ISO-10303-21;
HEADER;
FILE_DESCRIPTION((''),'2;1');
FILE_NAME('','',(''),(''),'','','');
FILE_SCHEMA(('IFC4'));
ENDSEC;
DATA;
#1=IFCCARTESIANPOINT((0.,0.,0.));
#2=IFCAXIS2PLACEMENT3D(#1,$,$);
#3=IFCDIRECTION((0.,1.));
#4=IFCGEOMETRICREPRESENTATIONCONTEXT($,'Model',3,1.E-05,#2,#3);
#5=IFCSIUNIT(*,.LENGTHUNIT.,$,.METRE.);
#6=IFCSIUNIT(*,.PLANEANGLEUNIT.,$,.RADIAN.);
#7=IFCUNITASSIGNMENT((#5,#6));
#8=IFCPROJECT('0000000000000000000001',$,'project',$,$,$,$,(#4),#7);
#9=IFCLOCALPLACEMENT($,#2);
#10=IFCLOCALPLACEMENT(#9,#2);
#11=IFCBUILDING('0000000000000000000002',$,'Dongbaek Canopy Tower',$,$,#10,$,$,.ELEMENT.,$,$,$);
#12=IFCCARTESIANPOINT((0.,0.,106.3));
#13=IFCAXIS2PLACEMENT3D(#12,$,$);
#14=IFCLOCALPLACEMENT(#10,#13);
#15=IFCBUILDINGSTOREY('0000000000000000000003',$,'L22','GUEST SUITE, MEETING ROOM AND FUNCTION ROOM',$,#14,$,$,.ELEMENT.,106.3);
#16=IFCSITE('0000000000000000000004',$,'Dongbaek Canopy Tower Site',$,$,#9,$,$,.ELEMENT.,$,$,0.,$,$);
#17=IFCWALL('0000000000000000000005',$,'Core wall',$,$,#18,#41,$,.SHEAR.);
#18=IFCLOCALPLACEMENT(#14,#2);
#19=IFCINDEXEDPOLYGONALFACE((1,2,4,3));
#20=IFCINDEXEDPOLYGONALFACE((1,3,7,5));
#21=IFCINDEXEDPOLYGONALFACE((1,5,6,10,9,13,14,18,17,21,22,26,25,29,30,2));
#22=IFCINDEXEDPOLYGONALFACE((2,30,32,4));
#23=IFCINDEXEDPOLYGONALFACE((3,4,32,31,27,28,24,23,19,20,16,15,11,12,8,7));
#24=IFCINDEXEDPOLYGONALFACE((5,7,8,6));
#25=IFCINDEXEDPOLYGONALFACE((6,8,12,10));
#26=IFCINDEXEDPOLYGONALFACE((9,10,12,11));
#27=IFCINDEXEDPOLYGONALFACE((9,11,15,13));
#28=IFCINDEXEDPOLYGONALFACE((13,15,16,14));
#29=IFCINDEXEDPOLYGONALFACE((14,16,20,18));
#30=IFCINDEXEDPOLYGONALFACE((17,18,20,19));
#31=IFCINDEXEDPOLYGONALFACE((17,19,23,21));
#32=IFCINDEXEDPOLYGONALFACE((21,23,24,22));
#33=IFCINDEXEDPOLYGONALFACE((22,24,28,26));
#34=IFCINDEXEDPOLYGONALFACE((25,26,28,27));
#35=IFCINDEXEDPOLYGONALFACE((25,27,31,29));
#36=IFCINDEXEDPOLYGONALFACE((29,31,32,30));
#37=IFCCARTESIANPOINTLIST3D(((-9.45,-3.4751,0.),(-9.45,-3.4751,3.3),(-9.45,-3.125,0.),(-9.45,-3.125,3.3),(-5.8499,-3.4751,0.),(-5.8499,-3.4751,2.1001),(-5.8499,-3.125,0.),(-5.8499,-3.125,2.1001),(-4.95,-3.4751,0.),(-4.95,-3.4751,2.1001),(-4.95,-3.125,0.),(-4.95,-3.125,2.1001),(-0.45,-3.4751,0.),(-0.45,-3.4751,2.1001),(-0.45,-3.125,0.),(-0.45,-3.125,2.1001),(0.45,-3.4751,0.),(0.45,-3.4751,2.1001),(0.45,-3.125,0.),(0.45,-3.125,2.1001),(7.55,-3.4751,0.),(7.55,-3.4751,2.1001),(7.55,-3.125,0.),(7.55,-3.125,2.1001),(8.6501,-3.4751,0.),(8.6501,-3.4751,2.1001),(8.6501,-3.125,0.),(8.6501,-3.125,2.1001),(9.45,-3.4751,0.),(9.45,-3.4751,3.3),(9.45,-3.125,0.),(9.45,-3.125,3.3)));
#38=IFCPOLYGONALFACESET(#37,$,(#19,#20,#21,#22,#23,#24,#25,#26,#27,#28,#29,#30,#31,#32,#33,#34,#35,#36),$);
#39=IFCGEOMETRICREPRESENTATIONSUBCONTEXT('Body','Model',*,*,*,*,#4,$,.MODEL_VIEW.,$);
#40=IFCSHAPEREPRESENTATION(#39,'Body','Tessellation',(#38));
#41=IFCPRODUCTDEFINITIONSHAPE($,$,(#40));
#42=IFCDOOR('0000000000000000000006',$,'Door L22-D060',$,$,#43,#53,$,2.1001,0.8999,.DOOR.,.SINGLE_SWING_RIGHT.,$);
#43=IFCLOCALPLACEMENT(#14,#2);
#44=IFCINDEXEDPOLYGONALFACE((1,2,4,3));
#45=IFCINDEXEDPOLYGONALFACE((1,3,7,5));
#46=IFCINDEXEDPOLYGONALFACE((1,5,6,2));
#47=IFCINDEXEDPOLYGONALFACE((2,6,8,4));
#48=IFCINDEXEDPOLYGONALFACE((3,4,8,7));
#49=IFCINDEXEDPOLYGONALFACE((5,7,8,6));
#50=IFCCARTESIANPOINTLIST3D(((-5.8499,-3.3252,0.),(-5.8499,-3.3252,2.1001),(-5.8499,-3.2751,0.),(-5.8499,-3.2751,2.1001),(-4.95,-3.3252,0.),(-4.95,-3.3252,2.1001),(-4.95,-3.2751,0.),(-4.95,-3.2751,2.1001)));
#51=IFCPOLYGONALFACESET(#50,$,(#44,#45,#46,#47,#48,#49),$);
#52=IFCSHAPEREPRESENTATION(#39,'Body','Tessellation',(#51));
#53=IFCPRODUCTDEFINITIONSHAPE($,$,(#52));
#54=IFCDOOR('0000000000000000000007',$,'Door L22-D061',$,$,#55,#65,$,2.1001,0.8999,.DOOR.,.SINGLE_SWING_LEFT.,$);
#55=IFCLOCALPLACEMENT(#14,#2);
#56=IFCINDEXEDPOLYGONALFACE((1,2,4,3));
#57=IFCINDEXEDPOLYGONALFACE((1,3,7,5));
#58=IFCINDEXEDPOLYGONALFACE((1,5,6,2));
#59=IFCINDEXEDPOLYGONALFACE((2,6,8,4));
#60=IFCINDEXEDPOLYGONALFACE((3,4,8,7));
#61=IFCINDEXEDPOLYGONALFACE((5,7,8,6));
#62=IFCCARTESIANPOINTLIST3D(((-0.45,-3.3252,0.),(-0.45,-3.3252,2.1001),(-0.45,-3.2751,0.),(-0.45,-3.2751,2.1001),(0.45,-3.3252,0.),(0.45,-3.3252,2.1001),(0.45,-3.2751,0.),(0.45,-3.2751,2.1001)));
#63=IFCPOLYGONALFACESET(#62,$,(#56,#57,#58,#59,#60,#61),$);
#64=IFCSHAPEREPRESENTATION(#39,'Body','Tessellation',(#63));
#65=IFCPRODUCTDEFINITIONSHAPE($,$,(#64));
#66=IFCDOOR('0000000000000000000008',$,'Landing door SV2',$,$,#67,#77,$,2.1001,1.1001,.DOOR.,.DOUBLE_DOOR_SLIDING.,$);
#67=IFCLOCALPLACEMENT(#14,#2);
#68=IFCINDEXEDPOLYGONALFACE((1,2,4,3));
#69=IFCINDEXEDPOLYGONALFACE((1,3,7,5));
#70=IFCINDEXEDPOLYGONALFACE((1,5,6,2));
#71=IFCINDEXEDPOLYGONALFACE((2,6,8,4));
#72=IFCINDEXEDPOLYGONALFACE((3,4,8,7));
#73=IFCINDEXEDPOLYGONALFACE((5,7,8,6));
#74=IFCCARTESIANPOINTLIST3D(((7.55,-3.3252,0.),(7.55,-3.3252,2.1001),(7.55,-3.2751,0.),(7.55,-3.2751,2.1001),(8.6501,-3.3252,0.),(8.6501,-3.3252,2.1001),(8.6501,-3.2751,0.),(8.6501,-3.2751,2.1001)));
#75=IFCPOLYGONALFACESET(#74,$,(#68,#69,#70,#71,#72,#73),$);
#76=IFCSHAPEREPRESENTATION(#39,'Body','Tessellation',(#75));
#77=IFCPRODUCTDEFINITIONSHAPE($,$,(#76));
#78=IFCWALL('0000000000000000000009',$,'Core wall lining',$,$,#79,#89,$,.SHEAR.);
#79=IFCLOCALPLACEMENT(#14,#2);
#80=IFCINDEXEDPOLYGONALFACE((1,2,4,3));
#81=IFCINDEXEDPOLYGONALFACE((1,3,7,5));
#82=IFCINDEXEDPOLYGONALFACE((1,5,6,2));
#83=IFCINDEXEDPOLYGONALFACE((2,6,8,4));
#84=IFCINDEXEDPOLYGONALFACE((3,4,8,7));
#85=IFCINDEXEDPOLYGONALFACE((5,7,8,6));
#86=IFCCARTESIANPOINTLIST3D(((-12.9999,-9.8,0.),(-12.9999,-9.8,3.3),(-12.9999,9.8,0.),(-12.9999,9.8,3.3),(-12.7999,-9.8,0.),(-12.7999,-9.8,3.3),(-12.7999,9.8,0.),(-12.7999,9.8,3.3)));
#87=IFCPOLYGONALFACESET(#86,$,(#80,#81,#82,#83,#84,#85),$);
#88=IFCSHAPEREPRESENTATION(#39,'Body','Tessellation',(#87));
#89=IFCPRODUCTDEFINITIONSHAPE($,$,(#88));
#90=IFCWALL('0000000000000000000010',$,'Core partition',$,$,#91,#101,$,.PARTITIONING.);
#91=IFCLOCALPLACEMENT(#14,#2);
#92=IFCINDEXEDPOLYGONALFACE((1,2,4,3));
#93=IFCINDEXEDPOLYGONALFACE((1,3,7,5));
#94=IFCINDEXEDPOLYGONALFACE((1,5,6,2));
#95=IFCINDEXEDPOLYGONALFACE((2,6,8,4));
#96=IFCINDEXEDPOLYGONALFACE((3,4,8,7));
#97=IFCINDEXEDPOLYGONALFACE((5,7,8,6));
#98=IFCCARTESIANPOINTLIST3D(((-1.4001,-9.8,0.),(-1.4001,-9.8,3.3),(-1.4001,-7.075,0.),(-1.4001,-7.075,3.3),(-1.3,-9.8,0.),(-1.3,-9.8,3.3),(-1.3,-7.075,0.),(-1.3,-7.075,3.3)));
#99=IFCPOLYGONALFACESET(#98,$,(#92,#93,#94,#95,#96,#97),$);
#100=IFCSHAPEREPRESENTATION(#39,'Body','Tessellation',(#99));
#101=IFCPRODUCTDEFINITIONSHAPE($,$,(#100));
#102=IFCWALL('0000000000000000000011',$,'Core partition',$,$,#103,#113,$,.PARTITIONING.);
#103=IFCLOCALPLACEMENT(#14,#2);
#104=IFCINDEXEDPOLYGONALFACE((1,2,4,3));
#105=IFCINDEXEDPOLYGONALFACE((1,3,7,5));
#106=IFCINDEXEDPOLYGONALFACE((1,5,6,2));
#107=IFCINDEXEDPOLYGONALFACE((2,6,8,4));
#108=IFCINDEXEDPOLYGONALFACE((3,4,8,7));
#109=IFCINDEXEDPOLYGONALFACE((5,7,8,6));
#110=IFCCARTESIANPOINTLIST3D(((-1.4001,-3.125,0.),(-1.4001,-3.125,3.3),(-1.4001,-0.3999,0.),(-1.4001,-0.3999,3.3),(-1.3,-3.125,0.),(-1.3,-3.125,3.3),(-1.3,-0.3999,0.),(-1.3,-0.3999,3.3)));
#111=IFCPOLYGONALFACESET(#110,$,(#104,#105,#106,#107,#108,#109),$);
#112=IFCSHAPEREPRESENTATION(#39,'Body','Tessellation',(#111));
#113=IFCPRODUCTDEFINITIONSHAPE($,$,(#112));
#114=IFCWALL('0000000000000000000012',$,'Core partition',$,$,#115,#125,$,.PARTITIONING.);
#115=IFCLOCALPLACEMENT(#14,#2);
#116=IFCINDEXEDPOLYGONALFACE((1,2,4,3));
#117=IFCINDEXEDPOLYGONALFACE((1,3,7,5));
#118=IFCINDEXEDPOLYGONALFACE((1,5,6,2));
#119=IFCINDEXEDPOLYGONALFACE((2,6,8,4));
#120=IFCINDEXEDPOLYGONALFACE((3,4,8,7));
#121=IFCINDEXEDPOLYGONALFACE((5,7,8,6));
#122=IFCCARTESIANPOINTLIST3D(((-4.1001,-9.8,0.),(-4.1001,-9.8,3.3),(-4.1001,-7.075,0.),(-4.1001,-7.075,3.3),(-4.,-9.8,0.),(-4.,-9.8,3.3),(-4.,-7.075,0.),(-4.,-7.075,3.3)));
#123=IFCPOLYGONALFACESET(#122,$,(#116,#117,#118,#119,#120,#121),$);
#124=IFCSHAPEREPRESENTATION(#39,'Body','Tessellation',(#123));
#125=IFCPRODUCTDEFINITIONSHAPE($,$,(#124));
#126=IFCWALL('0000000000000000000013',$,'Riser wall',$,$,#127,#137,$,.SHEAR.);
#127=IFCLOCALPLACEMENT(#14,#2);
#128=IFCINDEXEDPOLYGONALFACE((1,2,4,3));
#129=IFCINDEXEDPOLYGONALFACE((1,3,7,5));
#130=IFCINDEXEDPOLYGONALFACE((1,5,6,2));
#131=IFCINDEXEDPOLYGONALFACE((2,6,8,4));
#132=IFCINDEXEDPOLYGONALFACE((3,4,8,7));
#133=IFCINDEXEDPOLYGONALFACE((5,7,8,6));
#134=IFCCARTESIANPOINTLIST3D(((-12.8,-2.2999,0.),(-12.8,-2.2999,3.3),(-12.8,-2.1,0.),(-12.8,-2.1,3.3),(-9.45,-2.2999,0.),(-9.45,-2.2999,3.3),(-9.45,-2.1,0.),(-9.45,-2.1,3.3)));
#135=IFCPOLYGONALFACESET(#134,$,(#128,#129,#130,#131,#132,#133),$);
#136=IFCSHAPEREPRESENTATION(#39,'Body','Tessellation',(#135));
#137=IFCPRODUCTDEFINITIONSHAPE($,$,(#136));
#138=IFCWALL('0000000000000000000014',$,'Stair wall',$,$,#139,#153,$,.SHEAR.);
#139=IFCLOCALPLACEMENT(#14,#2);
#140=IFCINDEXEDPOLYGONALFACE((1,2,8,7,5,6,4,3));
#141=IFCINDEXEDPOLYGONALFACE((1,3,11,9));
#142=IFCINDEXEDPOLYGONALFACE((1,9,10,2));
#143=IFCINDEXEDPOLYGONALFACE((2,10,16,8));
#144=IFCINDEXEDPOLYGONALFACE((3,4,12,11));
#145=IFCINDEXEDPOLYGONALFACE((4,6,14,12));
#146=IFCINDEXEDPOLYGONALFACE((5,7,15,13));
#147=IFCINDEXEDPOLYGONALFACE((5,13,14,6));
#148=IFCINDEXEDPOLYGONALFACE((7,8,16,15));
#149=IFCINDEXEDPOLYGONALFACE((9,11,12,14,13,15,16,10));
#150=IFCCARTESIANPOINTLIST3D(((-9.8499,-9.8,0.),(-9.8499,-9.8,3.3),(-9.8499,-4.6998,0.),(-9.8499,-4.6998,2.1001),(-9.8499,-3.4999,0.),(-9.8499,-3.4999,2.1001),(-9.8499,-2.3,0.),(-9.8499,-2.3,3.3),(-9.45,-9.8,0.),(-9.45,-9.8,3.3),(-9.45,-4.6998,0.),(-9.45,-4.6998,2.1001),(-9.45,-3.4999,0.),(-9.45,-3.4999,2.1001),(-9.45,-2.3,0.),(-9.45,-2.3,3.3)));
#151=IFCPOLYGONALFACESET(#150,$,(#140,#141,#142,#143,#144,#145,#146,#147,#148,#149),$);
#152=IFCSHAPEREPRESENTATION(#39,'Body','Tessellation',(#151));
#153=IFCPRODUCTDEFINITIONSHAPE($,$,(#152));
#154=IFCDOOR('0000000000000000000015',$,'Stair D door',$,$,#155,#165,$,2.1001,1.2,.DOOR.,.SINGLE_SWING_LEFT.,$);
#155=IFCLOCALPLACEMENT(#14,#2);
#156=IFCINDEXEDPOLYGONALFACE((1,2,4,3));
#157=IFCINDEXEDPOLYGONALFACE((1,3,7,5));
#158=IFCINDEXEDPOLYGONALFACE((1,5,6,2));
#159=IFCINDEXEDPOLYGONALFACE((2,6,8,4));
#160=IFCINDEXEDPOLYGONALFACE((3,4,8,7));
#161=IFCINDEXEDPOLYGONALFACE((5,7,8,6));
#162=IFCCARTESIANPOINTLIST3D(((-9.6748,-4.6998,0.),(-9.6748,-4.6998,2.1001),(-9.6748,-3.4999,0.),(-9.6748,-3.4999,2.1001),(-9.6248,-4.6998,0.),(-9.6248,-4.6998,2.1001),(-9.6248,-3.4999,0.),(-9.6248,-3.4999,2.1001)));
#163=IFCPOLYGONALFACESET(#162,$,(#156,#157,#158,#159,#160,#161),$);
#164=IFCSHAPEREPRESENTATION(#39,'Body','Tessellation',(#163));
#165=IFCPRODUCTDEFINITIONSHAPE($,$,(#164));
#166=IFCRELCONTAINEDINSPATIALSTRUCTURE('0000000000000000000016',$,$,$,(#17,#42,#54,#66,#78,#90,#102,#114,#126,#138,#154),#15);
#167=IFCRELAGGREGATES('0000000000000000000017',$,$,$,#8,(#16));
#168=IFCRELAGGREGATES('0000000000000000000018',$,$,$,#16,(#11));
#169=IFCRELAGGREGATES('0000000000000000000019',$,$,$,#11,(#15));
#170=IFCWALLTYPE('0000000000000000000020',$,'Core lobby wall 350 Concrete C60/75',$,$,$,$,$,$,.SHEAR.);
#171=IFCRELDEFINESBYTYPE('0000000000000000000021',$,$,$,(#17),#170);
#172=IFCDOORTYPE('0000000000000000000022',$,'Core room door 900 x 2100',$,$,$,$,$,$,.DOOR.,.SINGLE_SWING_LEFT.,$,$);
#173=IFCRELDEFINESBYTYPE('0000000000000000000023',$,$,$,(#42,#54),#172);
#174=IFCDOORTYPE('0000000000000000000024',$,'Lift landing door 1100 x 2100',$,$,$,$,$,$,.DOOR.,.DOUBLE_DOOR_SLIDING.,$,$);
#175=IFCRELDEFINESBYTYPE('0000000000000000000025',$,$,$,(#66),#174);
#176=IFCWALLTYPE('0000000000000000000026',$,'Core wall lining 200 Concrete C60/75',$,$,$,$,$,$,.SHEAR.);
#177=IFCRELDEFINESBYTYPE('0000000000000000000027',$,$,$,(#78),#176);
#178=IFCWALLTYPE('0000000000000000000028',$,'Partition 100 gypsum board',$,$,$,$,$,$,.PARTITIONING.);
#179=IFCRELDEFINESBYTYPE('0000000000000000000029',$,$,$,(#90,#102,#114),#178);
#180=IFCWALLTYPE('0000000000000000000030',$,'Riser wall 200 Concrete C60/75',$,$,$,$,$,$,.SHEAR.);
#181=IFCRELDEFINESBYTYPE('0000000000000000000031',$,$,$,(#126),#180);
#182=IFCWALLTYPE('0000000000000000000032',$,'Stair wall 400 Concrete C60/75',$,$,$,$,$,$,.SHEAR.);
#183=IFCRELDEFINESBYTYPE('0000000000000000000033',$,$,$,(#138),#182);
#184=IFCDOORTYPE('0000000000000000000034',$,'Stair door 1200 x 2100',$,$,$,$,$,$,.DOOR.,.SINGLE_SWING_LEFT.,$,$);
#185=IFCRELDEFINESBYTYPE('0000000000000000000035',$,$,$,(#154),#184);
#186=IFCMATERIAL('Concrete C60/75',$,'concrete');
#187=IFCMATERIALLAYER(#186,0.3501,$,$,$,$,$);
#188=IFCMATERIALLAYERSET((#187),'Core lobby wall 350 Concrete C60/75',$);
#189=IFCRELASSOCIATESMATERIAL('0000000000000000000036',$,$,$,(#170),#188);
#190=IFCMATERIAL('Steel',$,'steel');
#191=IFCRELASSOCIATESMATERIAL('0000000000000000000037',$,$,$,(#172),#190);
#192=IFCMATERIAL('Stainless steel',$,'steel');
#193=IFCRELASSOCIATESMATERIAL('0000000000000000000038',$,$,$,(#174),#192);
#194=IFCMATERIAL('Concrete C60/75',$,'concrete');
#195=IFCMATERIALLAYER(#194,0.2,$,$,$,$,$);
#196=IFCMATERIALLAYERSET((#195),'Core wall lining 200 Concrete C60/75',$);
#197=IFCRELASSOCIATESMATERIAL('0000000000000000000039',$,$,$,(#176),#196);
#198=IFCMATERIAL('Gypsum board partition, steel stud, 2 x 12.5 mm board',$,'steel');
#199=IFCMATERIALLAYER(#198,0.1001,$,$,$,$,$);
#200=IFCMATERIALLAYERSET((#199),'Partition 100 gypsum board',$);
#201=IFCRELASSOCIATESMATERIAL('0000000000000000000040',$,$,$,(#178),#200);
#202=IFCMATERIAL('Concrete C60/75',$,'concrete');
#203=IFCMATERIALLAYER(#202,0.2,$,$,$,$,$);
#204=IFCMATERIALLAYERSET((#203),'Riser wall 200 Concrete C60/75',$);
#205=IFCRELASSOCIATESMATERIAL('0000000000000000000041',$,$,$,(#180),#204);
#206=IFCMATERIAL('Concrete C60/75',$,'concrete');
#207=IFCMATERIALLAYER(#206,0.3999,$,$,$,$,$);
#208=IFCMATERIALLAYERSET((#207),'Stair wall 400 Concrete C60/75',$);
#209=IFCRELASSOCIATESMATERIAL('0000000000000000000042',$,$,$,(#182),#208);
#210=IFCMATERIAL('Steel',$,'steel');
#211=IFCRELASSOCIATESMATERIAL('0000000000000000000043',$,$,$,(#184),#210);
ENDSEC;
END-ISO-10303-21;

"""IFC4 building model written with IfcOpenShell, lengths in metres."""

from ifc_helpers import new_model, si_unit, direction, frame, frame_2d, origin, place, context, subcontext, project, spatial, rectangle, extrude, material, layer, layer_set, type_object, element, fill, save


model = new_model("IFC4")

# Units and contexts
model_context = context("Model", 3, precision=1e-05, world=origin(), true_north=direction((0.0, 1.0)))
body_context = subcontext(model_context, "Body", "Model", "MODEL_VIEW")
ifc_project = project(units=[si_unit("LENGTHUNIT", "METRE"), si_unit("PLANEANGLEUNIT", "RADIAN")], contexts=[model_context])

# Site, building, storey
site_placement = place(None, origin())
site = spatial("IfcSite", under=ifc_project, at=site_placement, Name="Dongbaek Canopy Tower Site", CompositionType="ELEMENT", RefElevation=0.0)
building_placement = place(site_placement, origin())
building = spatial("IfcBuilding", under=site, at=building_placement, Name="Dongbaek Canopy Tower", CompositionType="ELEMENT")
storey_placement = place(building_placement, frame((0.0, 0.0, 106.3)))
storey = spatial("IfcBuildingStorey", under=building, at=storey_placement, Name="L22", Description="GUEST SUITE, MEETING ROOM AND FUNCTION ROOM", CompositionType="ELEMENT", Elevation=106.3)

# Wall, openings, doors
ifc_material_1 = material(Name="Concrete C60/75", Category="concrete")
ifc_layer_1 = layer(ifc_material_1, 0.3501)
ifc_layer_set_1 = layer_set([ifc_layer_1], Name="Core lobby wall 350 Concrete C60/75")
wall_type_1 = type_object("IfcWallType", Name="Core lobby wall 350 Concrete C60/75", PredefinedType="SHEAR", material=ifc_layer_set_1)
wall_1_placement = place(storey_placement, frame((-9.45, -3.3, 0.0), z_axis=(0.0, 0.0, 1.0), x_axis=(1.0, 0.0, 0.0)))
wall_1 = element("IfcWall", 1, at=wall_1_placement, inside=storey, type_object=wall_type_1, Name="Core wall", PredefinedType="SHEAR", context=body_context, shape_type="SweptSolid", body=[
    extrude(rectangle(XDim=18.8999, YDim=0.3501, at=frame_2d((9.45, 0.0))), origin(), (0.0, 0.0, 1.0), 3.3),
])
opening_1_placement = place(wall_1_placement, frame((17.0, 0.0, 0.0)))
opening_1 = element("IfcOpeningElement", 2, at=opening_1_placement, cuts=wall_1, PredefinedType="OPENING", context=body_context, shape_type="SweptSolid", body=[
    extrude(rectangle(XDim=1.1001, YDim=2.1001, at=frame_2d((0.55, 1.05))), frame((0.0, 0.1851, 0.0), z_axis=(0.0, -1.0, 0.0), x_axis=(1.0, 0.0, 0.0)), (0.0, 0.0, 1.0), 0.3701),
])
opening_2_placement = place(wall_1_placement, frame((3.6001, 0.0, 0.0)))
opening_2 = element("IfcOpeningElement", 3, at=opening_2_placement, cuts=wall_1, PredefinedType="OPENING", context=body_context, shape_type="SweptSolid", body=[
    extrude(rectangle(XDim=0.8999, YDim=2.1001, at=frame_2d((0.45, 1.05))), frame((0.0, 0.1851, 0.0), z_axis=(0.0, -1.0, 0.0), x_axis=(1.0, 0.0, 0.0)), (0.0, 0.0, 1.0), 0.3701),
])
opening_3_placement = place(wall_1_placement, frame((9.0, 0.0, 0.0)))
opening_3 = element("IfcOpeningElement", 4, at=opening_3_placement, cuts=wall_1, PredefinedType="OPENING", context=body_context, shape_type="SweptSolid", body=[
    extrude(rectangle(XDim=0.8999, YDim=2.1001, at=frame_2d((0.45, 1.05))), frame((0.0, 0.1851, 0.0), z_axis=(0.0, -1.0, 0.0), x_axis=(1.0, 0.0, 0.0)), (0.0, 0.0, 1.0), 0.3701),
])
ifc_material_2 = material(Name="Steel", Category="steel")
door_type_1 = type_object("IfcDoorType", Name="Core room door 900 x 2100", OperationType="SINGLE_SWING_LEFT", PredefinedType="DOOR", material=ifc_material_2)
door_1_placement = place(opening_2_placement, origin())
door_1 = element("IfcDoor", 5, at=door_1_placement, inside=storey, type_object=door_type_1, Name="Door L22-D060", OperationType="SINGLE_SWING_RIGHT", OverallHeight=2.1001, OverallWidth=0.8999, PredefinedType="DOOR", context=body_context, shape_type="SweptSolid", body=[
    extrude(rectangle(XDim=0.8999, YDim=2.1001, at=frame_2d((0.45, 1.05))), frame((0.0, 0.0249, 0.0), z_axis=(0.0, -1.0, 0.0), x_axis=(1.0, 0.0, 0.0)), (0.0, 0.0, 1.0), 0.05),
])
fill(opening_2, door_1)
door_2_placement = place(opening_3_placement, origin())
door_2 = element("IfcDoor", 6, at=door_2_placement, inside=storey, type_object=door_type_1, Name="Door L22-D061", OperationType="SINGLE_SWING_LEFT", OverallHeight=2.1001, OverallWidth=0.8999, PredefinedType="DOOR", context=body_context, shape_type="SweptSolid", body=[
    extrude(rectangle(XDim=0.8999, YDim=2.1001, at=frame_2d((0.45, 1.05))), frame((0.0, 0.0249, 0.0), z_axis=(0.0, -1.0, 0.0), x_axis=(1.0, 0.0, 0.0)), (0.0, 0.0, 1.0), 0.05),
])
fill(opening_3, door_2)
ifc_material_3 = material(Name="Stainless steel", Category="steel")
door_type_2 = type_object("IfcDoorType", Name="Lift landing door 1100 x 2100", OperationType="DOUBLE_DOOR_SLIDING", PredefinedType="DOOR", material=ifc_material_3)
door_3_placement = place(opening_1_placement, origin())
door_3 = element("IfcDoor", 7, at=door_3_placement, inside=storey, type_object=door_type_2, Name="Landing door SV2", OperationType="DOUBLE_DOOR_SLIDING", OverallHeight=2.1001, OverallWidth=1.1001, PredefinedType="DOOR", context=body_context, shape_type="SweptSolid", body=[
    extrude(rectangle(XDim=1.1001, YDim=2.1001, at=frame_2d((0.55, 1.05))), frame((0.0, 0.0249, 0.0), z_axis=(0.0, -1.0, 0.0), x_axis=(1.0, 0.0, 0.0)), (0.0, 0.0, 1.0), 0.05),
])
fill(opening_1, door_3)

# Walls
ifc_material_4 = material(Name="Concrete C60/75", Category="concrete")
ifc_layer_2 = layer(ifc_material_4, 0.2)
ifc_layer_set_2 = layer_set([ifc_layer_2], Name="Core wall lining 200 Concrete C60/75")
wall_type_2 = type_object("IfcWallType", Name="Core wall lining 200 Concrete C60/75", PredefinedType="SHEAR", material=ifc_layer_set_2)
wall_2_placement = place(storey_placement, frame((-12.8999, -9.8, 0.0), z_axis=(0.0, 0.0, 1.0), x_axis=(0.0, 1.0, 0.0)))
element("IfcWall", 8, at=wall_2_placement, inside=storey, type_object=wall_type_2, Name="Core wall lining", PredefinedType="SHEAR", context=body_context, shape_type="SweptSolid", body=[
    extrude(rectangle(XDim=19.6001, YDim=0.2, at=frame_2d((9.8, 0.0))), origin(), (0.0, 0.0, 1.0), 3.3),
])
ifc_material_5 = material(Name="Gypsum board partition, steel stud, 2 x 12.5 mm board", Category="steel")
ifc_layer_3 = layer(ifc_material_5, 0.1001)
ifc_layer_set_3 = layer_set([ifc_layer_3], Name="Partition 100 gypsum board")
wall_type_3 = type_object("IfcWallType", Name="Partition 100 gypsum board", PredefinedType="PARTITIONING", material=ifc_layer_set_3)
for number, where, z_axis, x_axis, name in (
    (9, (-1.3501, -9.8, 0.0), (0.0, 0.0, 1.0), (0.0, 1.0, 0.0), "Core partition"),
    (10, (-1.3501, -3.125, 0.0), (0.0, 0.0, 1.0), (0.0, 1.0, 0.0), "Core partition"),
    (11, (-4.05, -9.8, 0.0), (0.0, 0.0, 1.0), (0.0, 1.0, 0.0), "Core partition"),
):
    element("IfcWall", number, at=place(storey_placement, frame(where, z_axis=z_axis, x_axis=x_axis)), inside=storey, type_object=wall_type_3, Name=name, PredefinedType="PARTITIONING", context=body_context, shape_type="SweptSolid", body=[
        extrude(rectangle(XDim=2.7251, YDim=0.1001, at=frame_2d((1.3625, 0.0))), origin(), (0.0, 0.0, 1.0), 3.3),
    ])
ifc_material_6 = material(Name="Concrete C60/75", Category="concrete")
ifc_layer_4 = layer(ifc_material_6, 0.2)
ifc_layer_set_4 = layer_set([ifc_layer_4], Name="Riser wall 200 Concrete C60/75")
wall_type_4 = type_object("IfcWallType", Name="Riser wall 200 Concrete C60/75", PredefinedType="SHEAR", material=ifc_layer_set_4)
wall_3_placement = place(storey_placement, frame((-9.45, -2.2, 0.0), z_axis=(0.0, 0.0, 1.0), x_axis=(-1.0, 0.0, 0.0)))
element("IfcWall", 12, at=wall_3_placement, inside=storey, type_object=wall_type_4, Name="Riser wall", PredefinedType="SHEAR", context=body_context, shape_type="SweptSolid", body=[
    extrude(rectangle(XDim=3.3501, YDim=0.2, at=frame_2d((1.675, 0.0))), origin(), (0.0, 0.0, 1.0), 3.3),
])

# Wall, opening, door
ifc_material_7 = material(Name="Concrete C60/75", Category="concrete")
ifc_layer_5 = layer(ifc_material_7, 0.3999)
ifc_layer_set_5 = layer_set([ifc_layer_5], Name="Stair wall 400 Concrete C60/75")
wall_type_5 = type_object("IfcWallType", Name="Stair wall 400 Concrete C60/75", PredefinedType="SHEAR", material=ifc_layer_set_5)
wall_4_placement = place(storey_placement, frame((-9.6499, -9.8, 0.0), z_axis=(0.0, 0.0, 1.0), x_axis=(0.0, 1.0, 0.0)))
wall_4 = element("IfcWall", 13, at=wall_4_placement, inside=storey, type_object=wall_type_5, Name="Stair wall", PredefinedType="SHEAR", context=body_context, shape_type="SweptSolid", body=[
    extrude(rectangle(XDim=7.5, YDim=0.3999, at=frame_2d((3.75, 0.0))), origin(), (0.0, 0.0, 1.0), 3.3),
])
opening_4_placement = place(wall_4_placement, frame((5.1001, 0.0, 0.0)))
opening_4 = element("IfcOpeningElement", 14, at=opening_4_placement, cuts=wall_4, PredefinedType="OPENING", context=body_context, shape_type="SweptSolid", body=[
    extrude(rectangle(XDim=1.2, YDim=2.1001, at=frame_2d((0.6001, 1.05))), frame((0.0, 0.21, 0.0), z_axis=(0.0, -1.0, 0.0), x_axis=(1.0, 0.0, 0.0)), (0.0, 0.0, 1.0), 0.4199),
])
ifc_material_8 = material(Name="Steel", Category="steel")
door_type_3 = type_object("IfcDoorType", Name="Stair door 1200 x 2100", OperationType="SINGLE_SWING_LEFT", PredefinedType="DOOR", material=ifc_material_8)
door_4_placement = place(opening_4_placement, origin())
door_4 = element("IfcDoor", 15, at=door_4_placement, inside=storey, type_object=door_type_3, Name="Stair D door", OperationType="SINGLE_SWING_LEFT", OverallHeight=2.1001, OverallWidth=1.2, PredefinedType="DOOR", context=body_context, shape_type="SweptSolid", body=[
    extrude(rectangle(XDim=1.2, YDim=2.1001, at=frame_2d((0.6001, 1.05))), frame((0.0, 0.0249, 0.0), z_axis=(0.0, -1.0, 0.0), x_axis=(1.0, 0.0, 0.0)), (0.0, 0.0, 1.0), 0.05),
])
fill(opening_4, door_4)

save(model, "model.ifc")
